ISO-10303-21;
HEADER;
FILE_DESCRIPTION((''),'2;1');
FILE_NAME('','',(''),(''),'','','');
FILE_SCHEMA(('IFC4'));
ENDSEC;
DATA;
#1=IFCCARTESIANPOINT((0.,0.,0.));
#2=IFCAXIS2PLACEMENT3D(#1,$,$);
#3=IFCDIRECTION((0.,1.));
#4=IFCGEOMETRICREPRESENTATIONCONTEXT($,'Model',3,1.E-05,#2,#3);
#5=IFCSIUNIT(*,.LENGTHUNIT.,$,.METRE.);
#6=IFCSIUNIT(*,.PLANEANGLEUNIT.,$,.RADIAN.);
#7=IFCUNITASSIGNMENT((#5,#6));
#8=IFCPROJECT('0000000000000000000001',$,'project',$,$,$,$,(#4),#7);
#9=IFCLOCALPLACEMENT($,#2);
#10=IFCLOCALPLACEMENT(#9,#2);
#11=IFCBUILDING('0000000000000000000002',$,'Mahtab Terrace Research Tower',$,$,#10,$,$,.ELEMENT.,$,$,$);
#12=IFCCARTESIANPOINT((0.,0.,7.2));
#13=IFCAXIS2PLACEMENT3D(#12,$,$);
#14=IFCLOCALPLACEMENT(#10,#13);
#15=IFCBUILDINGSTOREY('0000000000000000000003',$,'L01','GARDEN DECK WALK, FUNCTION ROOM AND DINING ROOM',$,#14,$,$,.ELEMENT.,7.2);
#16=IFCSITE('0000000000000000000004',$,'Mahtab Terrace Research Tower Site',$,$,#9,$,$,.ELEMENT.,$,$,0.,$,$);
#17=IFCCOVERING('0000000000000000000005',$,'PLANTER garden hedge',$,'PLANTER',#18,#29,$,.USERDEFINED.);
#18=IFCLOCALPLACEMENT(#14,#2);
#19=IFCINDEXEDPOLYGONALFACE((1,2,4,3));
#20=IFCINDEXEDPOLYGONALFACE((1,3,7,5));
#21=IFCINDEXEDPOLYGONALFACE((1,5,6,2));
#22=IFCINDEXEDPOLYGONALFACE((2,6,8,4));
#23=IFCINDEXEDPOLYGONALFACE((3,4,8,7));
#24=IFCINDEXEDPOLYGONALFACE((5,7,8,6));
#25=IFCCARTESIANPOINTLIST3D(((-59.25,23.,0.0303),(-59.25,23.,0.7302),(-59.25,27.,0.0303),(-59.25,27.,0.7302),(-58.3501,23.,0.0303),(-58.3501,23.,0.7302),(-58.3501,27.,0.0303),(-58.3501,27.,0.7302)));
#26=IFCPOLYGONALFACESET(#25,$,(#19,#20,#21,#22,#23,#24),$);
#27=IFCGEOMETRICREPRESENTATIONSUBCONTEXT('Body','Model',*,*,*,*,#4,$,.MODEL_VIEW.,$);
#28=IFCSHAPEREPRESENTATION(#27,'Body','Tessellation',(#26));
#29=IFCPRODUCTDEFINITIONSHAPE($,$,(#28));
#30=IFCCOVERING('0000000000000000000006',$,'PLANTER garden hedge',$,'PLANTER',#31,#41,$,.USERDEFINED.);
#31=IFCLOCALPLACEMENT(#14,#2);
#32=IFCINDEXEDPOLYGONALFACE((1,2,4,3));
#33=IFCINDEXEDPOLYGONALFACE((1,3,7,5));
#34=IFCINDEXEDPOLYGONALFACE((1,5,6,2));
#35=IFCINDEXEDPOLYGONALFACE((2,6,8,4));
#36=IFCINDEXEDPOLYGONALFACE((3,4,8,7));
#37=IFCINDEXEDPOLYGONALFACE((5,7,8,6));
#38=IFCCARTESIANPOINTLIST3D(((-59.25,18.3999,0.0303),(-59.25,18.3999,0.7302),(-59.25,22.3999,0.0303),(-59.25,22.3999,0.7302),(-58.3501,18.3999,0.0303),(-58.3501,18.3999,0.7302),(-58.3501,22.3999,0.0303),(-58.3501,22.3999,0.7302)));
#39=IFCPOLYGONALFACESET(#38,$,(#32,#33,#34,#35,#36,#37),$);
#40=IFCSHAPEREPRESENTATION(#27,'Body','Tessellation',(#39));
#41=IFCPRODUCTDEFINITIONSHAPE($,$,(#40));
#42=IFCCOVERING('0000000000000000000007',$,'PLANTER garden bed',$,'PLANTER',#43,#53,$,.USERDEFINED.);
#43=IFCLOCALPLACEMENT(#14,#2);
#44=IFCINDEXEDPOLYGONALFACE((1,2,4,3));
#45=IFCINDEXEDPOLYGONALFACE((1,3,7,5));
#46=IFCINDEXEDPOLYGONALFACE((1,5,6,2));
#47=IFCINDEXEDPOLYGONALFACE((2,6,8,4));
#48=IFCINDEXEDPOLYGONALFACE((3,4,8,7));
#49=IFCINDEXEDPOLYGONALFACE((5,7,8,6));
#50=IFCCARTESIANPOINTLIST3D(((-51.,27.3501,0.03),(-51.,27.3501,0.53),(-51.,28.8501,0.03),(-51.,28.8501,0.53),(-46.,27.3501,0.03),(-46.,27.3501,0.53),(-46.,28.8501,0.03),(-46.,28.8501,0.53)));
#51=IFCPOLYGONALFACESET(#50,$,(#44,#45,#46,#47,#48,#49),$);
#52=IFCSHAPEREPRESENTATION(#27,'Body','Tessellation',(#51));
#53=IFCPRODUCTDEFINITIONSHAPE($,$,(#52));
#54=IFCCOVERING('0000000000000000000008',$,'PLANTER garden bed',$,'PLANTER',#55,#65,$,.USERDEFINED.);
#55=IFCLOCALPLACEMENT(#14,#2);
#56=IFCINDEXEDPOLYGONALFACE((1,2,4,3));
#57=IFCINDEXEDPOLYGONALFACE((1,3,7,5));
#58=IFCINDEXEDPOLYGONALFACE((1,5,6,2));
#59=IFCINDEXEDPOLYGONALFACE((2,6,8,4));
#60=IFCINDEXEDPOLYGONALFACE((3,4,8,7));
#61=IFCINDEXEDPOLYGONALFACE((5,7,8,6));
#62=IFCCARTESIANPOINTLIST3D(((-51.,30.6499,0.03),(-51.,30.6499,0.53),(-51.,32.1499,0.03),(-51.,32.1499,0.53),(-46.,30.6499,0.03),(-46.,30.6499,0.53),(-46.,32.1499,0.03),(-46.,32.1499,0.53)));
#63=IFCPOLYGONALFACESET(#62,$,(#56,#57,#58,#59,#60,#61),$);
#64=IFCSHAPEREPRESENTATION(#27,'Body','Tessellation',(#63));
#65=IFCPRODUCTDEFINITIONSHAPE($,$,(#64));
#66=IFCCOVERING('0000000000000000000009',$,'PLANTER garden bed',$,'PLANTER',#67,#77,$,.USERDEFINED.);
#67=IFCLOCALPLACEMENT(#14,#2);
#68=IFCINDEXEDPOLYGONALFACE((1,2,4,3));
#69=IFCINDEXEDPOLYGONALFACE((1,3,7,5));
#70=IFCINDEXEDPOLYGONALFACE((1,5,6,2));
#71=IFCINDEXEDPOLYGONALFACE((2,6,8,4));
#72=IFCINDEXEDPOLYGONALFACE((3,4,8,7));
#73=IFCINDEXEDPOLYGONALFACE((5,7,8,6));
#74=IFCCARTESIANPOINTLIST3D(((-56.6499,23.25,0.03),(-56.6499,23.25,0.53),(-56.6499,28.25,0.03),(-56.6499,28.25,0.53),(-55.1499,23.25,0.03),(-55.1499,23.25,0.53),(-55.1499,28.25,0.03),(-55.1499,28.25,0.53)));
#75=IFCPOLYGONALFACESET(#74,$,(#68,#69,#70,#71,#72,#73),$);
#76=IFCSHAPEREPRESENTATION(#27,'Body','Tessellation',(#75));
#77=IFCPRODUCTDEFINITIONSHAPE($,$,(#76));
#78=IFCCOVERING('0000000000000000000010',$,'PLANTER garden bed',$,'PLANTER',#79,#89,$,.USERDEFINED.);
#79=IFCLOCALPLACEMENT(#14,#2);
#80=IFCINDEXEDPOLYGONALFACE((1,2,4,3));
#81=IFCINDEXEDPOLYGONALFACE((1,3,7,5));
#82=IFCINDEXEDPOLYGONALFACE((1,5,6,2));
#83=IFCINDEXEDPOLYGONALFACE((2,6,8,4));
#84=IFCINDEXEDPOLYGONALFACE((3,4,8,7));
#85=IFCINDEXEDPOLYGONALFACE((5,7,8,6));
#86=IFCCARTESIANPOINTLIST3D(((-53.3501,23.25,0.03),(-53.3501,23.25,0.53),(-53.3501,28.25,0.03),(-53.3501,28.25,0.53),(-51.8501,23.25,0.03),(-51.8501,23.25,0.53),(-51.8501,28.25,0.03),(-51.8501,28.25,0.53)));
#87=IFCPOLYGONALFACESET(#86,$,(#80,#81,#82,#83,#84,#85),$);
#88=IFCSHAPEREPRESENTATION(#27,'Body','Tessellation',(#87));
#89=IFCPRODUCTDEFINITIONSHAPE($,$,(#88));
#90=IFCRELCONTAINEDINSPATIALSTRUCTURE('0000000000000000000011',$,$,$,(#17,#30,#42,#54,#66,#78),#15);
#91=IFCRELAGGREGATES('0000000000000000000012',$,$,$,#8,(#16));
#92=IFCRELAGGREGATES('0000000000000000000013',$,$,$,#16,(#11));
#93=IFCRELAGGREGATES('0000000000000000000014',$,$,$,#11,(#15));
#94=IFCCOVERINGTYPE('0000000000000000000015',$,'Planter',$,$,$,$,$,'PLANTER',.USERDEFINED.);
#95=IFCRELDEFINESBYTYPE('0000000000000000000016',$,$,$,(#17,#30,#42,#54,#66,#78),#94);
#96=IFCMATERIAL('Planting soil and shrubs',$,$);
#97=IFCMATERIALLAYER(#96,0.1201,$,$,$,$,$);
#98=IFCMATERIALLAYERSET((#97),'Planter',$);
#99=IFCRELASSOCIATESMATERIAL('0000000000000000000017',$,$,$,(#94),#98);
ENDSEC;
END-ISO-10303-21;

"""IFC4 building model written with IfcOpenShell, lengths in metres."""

from ifc_helpers import new_model, si_unit, direction, frame, origin, origin_2d, place, context, subcontext, project, spatial, rectangle, extrude, material, layer, layer_set, type_object, element, save


model = new_model("IFC4")

# Units and contexts
model_context = context("Model", 3, precision=1e-05, world=origin(), true_north=direction((0.0, 1.0)))
body_context = subcontext(model_context, "Body", "Model", "MODEL_VIEW")
ifc_project = project(units=[si_unit("LENGTHUNIT", "METRE"), si_unit("PLANEANGLEUNIT", "RADIAN")], contexts=[model_context])

# Site, building, storey
site_placement = place(None, origin())
site = spatial("IfcSite", under=ifc_project, at=site_placement, Name="Mahtab Terrace Research Tower Site", CompositionType="ELEMENT", RefElevation=0.0)
building_placement = place(site_placement, origin())
building = spatial("IfcBuilding", under=site, at=building_placement, Name="Mahtab Terrace Research Tower", CompositionType="ELEMENT")
storey_placement = place(building_placement, frame((0.0, 0.0, 7.2)))
storey = spatial("IfcBuildingStorey", under=building, at=storey_placement, Name="L01", Description="GARDEN DECK WALK, FUNCTION ROOM AND DINING ROOM", CompositionType="ELEMENT", Elevation=7.2)

# Coverings
ifc_material_1 = material(Name="Planting soil and shrubs")
ifc_layer = layer(ifc_material_1, 0.1201)
ifc_layer_set = layer_set([ifc_layer], Name="Planter")
covering_type = type_object("IfcCoveringType", Name="Planter", ElementType="PLANTER", PredefinedType="USERDEFINED", material=ifc_layer_set)
for number, where, z_axis, x_axis, name in (
    (1, (-58.8, 25.0, 0.0303), (0.0, 0.0, 1.0), (0.0, -1.0, 0.0), "PLANTER garden hedge"),
    (2, (-58.8, 20.3999, 0.0303), (0.0, 0.0, 1.0), (0.0, -1.0, 0.0), "PLANTER garden hedge"),
):
    element("IfcCovering", number, at=place(storey_placement, frame(where, z_axis=z_axis, x_axis=x_axis)), inside=storey, type_object=covering_type, Name=name, ObjectType="PLANTER", PredefinedType="USERDEFINED", context=body_context, shape_type="SweptSolid", body=[
        extrude(rectangle(XDim=4.0, YDim=0.8999, at=origin_2d()), origin(), (0.0, 0.0, 1.0), 0.7),
    ])
for number, where, z_axis, x_axis, name in (
    (3, (-48.5, 28.1001, 0.03), (0.0, 0.0, 1.0), (1.0, 0.0, 0.0), "PLANTER garden bed"),
    (4, (-48.5, 31.3999, 0.03), (0.0, 0.0, 1.0), (1.0, 0.0, 0.0), "PLANTER garden bed"),
):
    element("IfcCovering", number, at=place(storey_placement, frame(where, z_axis=z_axis, x_axis=x_axis)), inside=storey, type_object=covering_type, Name=name, ObjectType="PLANTER", PredefinedType="USERDEFINED", context=body_context, shape_type="SweptSolid", body=[
        extrude(rectangle(XDim=5.0, YDim=1.5, at=origin_2d()), origin(), (0.0, 0.0, 1.0), 0.5),
    ])
for number, where, z_axis, x_axis, name in (
    (5, (-55.8999, 25.75, 0.03), (0.0, 0.0, 1.0), (1.0, 0.0, 0.0), "PLANTER garden bed"),
    (6, (-52.6001, 25.75, 0.03), (0.0, 0.0, 1.0), (1.0, 0.0, 0.0), "PLANTER garden bed"),
):
    element("IfcCovering", number, at=place(storey_placement, frame(where, z_axis=z_axis, x_axis=x_axis)), inside=storey, type_object=covering_type, Name=name, ObjectType="PLANTER", PredefinedType="USERDEFINED", context=body_context, shape_type="SweptSolid", body=[
        extrude(rectangle(XDim=1.5, YDim=5.0, at=origin_2d()), origin(), (0.0, 0.0, 1.0), 0.5),
    ])

save(model, "model.ifc")
